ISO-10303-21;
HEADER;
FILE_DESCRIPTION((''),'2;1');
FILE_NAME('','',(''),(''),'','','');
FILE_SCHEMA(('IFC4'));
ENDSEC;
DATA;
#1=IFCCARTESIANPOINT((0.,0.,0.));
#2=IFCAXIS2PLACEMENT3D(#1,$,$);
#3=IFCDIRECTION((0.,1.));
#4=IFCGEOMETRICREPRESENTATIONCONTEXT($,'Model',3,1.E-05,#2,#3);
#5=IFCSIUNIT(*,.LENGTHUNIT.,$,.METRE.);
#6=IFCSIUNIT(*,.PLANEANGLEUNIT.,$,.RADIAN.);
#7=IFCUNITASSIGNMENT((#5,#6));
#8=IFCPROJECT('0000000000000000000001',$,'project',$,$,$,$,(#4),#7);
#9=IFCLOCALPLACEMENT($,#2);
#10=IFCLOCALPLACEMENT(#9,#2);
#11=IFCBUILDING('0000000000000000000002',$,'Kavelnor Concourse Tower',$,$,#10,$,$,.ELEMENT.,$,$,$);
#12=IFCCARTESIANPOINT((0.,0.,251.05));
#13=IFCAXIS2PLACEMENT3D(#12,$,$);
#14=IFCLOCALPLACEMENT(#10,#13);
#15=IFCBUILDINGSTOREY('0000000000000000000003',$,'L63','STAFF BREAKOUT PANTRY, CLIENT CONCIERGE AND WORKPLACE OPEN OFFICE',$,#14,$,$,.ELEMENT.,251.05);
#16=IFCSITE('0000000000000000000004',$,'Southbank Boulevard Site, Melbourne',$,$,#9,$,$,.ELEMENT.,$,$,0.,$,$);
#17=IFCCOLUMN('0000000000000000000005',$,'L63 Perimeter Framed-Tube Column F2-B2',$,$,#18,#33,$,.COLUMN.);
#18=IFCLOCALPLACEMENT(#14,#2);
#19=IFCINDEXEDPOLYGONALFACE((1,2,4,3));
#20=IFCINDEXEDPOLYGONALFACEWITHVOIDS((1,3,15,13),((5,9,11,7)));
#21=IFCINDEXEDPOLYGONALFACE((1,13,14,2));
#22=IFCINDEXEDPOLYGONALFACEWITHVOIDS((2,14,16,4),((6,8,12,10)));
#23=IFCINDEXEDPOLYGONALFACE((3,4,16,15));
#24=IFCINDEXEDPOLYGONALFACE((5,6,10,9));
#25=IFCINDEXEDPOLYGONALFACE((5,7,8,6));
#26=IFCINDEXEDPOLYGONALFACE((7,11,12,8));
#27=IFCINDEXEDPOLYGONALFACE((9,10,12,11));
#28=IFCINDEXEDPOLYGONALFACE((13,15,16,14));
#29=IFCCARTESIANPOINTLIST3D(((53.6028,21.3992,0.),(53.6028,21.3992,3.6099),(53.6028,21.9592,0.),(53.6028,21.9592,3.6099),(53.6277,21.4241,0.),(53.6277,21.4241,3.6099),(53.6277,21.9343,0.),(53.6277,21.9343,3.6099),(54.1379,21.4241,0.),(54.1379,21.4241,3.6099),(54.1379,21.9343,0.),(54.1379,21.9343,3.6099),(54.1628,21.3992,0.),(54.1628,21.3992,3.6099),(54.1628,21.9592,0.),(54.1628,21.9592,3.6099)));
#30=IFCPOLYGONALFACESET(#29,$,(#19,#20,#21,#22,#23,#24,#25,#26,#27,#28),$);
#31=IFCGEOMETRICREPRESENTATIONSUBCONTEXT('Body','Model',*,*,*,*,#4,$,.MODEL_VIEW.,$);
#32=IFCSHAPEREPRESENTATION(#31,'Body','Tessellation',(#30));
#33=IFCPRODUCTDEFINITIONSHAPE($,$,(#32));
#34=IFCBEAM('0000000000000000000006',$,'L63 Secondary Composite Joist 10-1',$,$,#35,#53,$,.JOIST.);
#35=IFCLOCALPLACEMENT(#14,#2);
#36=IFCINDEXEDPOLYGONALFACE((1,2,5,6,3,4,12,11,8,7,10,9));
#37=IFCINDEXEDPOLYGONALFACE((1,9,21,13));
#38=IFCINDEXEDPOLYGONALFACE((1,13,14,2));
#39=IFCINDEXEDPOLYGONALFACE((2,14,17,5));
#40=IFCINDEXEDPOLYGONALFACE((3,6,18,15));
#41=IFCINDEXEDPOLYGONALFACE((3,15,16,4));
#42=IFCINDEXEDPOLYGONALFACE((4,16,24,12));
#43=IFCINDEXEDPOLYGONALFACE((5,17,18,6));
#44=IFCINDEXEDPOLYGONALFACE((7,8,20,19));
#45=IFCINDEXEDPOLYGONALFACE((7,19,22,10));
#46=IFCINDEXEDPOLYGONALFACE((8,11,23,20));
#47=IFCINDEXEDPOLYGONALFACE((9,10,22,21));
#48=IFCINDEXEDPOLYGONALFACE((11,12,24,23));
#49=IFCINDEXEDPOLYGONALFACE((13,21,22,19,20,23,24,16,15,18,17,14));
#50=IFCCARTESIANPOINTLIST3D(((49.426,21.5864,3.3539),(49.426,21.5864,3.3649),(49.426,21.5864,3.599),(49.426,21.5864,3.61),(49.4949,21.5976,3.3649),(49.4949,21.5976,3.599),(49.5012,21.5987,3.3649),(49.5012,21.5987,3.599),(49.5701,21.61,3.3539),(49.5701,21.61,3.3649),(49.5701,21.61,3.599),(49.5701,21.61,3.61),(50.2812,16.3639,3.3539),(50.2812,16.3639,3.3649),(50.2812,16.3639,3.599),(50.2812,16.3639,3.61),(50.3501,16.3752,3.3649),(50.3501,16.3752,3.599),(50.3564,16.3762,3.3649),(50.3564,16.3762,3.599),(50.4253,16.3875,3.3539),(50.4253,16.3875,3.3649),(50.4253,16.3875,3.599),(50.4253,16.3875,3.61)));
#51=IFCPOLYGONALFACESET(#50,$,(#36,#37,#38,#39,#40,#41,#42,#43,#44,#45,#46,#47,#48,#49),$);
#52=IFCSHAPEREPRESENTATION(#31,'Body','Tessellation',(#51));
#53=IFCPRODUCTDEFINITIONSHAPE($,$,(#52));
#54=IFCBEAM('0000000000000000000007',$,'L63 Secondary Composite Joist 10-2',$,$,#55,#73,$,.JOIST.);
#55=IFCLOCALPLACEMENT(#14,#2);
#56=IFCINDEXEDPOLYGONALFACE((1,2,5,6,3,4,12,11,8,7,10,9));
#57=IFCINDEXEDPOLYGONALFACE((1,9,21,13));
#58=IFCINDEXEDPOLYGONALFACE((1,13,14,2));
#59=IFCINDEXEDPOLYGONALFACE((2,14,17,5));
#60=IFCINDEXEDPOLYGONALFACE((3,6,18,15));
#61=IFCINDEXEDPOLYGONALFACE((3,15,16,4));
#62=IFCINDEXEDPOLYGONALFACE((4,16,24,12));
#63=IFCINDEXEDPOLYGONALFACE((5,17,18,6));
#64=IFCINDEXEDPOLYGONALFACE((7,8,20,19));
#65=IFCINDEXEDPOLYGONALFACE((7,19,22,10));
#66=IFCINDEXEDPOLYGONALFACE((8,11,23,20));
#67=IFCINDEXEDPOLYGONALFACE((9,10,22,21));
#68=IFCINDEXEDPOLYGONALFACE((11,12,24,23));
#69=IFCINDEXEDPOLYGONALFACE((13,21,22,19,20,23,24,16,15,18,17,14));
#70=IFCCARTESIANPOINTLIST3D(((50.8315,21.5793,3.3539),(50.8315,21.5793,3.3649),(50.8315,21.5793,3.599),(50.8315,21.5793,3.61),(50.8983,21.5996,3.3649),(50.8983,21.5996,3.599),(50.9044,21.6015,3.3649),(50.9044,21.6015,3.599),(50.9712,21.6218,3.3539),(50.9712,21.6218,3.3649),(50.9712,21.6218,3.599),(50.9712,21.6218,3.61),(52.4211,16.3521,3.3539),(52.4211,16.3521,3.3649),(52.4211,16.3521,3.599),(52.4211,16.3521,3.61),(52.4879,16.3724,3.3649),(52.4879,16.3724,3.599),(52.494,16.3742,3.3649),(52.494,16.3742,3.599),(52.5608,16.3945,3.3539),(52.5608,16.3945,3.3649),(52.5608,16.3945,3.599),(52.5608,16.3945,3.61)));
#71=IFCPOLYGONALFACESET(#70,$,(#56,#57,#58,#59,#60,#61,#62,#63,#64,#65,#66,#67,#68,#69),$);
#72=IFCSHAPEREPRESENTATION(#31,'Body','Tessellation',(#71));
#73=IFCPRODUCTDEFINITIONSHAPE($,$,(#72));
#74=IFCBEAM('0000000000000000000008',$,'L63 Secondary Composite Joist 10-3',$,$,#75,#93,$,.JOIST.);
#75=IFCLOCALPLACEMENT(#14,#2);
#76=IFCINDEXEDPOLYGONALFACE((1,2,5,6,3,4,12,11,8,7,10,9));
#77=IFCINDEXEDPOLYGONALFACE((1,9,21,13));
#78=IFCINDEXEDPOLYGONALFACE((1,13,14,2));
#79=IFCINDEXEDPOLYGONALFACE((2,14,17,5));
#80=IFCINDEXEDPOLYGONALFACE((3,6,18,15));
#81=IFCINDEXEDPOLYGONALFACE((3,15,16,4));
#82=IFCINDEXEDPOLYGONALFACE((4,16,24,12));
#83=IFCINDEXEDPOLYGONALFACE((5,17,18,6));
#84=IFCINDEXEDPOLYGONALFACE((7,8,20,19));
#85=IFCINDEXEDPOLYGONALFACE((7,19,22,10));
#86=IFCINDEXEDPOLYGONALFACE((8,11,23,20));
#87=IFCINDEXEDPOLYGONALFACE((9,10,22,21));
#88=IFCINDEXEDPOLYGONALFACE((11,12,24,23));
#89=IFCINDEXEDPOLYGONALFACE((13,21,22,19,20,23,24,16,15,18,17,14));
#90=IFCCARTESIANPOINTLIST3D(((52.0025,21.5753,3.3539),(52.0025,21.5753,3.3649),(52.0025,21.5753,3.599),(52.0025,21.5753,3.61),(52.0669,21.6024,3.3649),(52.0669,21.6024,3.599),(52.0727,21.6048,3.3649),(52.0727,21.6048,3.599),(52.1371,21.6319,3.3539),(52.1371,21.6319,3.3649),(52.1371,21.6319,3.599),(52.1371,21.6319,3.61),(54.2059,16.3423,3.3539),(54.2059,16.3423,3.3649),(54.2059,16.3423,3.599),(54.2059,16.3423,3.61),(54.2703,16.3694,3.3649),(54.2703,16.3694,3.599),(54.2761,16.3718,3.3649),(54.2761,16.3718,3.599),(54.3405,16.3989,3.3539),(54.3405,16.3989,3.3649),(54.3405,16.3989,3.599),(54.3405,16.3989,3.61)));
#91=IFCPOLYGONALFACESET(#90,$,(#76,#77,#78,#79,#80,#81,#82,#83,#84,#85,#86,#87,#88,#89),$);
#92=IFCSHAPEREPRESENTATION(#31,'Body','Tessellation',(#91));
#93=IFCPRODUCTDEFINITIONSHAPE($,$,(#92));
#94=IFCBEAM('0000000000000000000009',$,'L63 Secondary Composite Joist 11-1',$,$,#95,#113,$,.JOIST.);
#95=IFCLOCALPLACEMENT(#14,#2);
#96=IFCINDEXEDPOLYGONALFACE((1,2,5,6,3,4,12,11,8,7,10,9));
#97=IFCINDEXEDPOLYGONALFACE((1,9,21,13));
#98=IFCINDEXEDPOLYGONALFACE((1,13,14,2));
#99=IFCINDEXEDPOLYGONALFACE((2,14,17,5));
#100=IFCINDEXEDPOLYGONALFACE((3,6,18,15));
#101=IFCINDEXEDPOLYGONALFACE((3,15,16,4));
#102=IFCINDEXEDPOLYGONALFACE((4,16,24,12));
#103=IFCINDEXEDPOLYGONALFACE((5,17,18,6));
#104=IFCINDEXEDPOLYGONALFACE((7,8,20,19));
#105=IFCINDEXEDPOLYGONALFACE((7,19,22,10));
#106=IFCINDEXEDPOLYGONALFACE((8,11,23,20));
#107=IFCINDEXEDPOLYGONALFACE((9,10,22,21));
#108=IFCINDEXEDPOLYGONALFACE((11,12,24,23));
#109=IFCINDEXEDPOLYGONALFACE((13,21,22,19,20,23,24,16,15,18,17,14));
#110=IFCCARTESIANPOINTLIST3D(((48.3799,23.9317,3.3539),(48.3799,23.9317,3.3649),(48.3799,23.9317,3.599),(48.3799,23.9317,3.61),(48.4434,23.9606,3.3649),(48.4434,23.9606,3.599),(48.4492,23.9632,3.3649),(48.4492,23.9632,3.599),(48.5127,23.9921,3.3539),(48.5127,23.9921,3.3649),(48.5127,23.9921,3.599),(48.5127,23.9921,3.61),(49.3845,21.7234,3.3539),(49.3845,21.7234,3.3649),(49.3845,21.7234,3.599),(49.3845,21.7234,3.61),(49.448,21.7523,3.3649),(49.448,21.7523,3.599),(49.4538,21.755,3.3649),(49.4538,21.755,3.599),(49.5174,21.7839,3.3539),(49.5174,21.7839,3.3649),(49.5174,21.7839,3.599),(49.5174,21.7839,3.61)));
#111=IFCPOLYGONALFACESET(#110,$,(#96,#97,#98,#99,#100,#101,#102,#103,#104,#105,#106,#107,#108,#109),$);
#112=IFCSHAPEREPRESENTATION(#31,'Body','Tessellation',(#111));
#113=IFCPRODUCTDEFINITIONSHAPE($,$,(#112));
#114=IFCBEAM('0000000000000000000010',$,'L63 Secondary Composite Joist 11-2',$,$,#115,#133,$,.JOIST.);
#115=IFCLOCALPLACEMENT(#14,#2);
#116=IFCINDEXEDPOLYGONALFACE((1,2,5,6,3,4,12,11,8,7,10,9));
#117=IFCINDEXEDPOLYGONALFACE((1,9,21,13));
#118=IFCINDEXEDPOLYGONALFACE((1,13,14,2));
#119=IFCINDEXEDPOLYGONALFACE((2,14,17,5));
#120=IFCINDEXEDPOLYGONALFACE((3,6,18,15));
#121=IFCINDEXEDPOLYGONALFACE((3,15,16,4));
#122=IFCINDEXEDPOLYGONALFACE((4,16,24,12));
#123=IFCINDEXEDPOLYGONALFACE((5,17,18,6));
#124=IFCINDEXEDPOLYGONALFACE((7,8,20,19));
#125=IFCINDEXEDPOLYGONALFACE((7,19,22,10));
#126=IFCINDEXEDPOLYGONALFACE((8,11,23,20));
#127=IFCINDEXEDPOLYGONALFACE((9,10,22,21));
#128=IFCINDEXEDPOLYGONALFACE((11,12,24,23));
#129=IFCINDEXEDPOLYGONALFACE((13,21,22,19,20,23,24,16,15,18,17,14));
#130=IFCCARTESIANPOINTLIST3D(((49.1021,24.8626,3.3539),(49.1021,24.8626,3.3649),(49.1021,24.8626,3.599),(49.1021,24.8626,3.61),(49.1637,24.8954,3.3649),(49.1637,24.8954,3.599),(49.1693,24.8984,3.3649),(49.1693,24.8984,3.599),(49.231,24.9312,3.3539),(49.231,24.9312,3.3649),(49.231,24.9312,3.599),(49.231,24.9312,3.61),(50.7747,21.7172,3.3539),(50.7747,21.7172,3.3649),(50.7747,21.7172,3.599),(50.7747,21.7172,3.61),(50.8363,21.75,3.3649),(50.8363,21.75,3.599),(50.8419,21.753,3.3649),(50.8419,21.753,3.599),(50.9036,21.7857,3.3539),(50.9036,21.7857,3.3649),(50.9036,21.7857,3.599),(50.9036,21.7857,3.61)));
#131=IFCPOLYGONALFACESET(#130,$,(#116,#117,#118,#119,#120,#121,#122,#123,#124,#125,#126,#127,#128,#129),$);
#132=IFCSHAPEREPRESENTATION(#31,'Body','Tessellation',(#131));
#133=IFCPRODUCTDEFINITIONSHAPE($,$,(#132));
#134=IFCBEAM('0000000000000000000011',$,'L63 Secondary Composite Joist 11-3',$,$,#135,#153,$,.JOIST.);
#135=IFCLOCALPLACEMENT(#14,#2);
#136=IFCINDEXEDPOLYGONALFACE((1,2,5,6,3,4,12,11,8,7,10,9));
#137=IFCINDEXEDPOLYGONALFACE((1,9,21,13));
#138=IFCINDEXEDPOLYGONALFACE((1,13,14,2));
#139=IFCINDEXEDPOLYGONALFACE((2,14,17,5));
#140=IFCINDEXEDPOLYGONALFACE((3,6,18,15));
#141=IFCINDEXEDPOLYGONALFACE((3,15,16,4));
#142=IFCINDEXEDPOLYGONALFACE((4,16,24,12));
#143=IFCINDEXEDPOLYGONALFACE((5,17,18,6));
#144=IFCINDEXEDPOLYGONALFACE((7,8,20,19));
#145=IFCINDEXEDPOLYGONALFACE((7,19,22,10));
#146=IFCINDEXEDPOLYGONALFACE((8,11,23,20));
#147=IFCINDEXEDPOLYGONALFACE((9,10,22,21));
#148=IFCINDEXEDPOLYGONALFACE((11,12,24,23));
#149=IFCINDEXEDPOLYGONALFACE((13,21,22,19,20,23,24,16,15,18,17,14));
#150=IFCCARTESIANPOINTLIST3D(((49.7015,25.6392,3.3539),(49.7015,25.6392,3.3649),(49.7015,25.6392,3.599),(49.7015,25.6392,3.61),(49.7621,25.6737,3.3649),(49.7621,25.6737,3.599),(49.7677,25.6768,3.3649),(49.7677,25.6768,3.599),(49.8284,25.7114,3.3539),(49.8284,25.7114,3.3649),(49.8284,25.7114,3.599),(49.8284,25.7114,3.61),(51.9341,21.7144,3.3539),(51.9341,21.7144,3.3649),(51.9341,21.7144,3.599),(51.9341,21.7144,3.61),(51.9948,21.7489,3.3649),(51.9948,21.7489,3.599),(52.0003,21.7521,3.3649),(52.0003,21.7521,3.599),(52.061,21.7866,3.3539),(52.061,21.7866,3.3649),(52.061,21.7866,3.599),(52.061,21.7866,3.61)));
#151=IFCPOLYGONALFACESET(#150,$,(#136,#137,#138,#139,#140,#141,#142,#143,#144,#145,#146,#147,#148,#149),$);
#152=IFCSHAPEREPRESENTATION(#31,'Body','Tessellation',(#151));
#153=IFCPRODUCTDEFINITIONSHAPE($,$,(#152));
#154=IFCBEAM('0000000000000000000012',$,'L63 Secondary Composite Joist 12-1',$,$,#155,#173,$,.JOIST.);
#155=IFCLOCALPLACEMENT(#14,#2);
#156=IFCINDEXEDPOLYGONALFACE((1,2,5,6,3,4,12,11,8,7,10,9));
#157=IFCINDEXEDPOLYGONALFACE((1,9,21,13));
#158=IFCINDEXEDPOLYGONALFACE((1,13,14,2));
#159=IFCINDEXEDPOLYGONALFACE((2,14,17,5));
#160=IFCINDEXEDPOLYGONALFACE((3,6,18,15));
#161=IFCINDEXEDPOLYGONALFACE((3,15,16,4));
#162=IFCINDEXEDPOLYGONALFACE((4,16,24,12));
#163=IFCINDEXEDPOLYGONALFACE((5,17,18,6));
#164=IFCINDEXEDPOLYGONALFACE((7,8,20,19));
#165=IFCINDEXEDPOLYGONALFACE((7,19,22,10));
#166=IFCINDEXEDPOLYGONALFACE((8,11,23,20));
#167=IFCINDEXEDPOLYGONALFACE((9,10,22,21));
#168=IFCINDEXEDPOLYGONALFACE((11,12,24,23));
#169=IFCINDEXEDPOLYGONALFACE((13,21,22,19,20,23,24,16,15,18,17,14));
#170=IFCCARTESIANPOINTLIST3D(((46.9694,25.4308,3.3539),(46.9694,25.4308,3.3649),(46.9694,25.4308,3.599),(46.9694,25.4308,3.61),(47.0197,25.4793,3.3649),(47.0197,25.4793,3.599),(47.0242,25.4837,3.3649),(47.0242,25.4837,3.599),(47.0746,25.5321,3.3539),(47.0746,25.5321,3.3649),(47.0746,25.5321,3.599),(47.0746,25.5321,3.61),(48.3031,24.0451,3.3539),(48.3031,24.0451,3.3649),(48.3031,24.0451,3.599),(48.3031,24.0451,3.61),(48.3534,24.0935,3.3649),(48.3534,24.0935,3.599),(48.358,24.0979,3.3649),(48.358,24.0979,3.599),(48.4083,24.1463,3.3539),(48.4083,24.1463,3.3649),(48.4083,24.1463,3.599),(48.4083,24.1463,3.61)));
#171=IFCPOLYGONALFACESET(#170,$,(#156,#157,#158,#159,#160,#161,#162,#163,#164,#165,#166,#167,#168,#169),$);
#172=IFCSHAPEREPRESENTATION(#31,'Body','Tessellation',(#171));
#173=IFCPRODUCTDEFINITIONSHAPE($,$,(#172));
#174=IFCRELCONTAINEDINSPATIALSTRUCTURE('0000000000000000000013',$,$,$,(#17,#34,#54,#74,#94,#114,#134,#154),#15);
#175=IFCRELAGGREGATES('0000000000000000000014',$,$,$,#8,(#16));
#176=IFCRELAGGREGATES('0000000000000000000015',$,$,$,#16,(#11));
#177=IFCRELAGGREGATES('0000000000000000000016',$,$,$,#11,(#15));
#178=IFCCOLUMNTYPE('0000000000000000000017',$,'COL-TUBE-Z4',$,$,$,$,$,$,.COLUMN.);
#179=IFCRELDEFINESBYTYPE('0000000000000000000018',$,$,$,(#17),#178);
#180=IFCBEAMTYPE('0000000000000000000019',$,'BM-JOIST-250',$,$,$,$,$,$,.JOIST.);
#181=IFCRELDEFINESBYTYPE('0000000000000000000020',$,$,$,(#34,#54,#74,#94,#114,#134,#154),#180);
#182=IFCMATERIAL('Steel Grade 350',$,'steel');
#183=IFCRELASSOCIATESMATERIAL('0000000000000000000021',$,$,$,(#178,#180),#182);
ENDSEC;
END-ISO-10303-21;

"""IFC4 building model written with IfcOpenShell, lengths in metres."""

from ifc_helpers import new_model, si_unit, direction, frame, origin, origin_2d, place, context, subcontext, project, spatial, hollow_rectangle, i_section, extrude, material, material_profile, profile_set, type_object, element, save


model = new_model("IFC4")

# Units and contexts
model_context = context("Model", 3, precision=1e-05, world=origin(), true_north=direction((0.0, 1.0)))
body_context = subcontext(model_context, "Body", "Model", "MODEL_VIEW")
ifc_project = project(units=[si_unit("LENGTHUNIT", "METRE"), si_unit("PLANEANGLEUNIT", "RADIAN")], contexts=[model_context])

# Site, building, storey
site_placement = place(None, origin())
site = spatial("IfcSite", under=ifc_project, at=site_placement, Name="Southbank Boulevard Site, Melbourne", CompositionType="ELEMENT", RefElevation=0.0)
building_placement = place(site_placement, origin())
building = spatial("IfcBuilding", under=site, at=building_placement, Name="Kavelnor Concourse Tower", CompositionType="ELEMENT")
storey_placement = place(building_placement, frame((0.0, 0.0, 251.05)))
storey = spatial("IfcBuildingStorey", under=building, at=storey_placement, Name="L63", Description="STAFF BREAKOUT PANTRY, CLIENT CONCIERGE AND WORKPLACE OPEN OFFICE", CompositionType="ELEMENT", Elevation=251.05)

# Column
ifc_material_1 = material(Name="Steel Grade 350", Category="steel")
ifc_material_profile_1 = material_profile(ifc_material_1, hollow_rectangle(XDim=0.5601, YDim=0.5601, WallThickness=0.0249, at=origin_2d()), Name="SHS 560x560x25")
ifc_profile_set_1 = profile_set([ifc_material_profile_1], Name="Steel Grade 350")
column_type = type_object("IfcColumnType", Name="COL-TUBE-Z4", PredefinedType="COLUMN", material=ifc_profile_set_1)
column_placement = place(storey_placement, frame((53.8828, 21.6792, 0.0), z_axis=(0.0, 0.0, 1.0), x_axis=(1.0, 0.0, 0.0)))
element("IfcColumn", 1, at=column_placement, inside=storey, type_object=column_type, Name="L63 Perimeter Framed-Tube Column F2-B2", PredefinedType="COLUMN", context=body_context, shape_type="SweptSolid", body=[
    extrude(hollow_rectangle(XDim=0.5601, YDim=0.5601, WallThickness=0.0249, at=origin_2d()), origin(), (0.0, 0.0, 1.0), 3.6099),
])

# Beams
ifc_material_profile_2 = material_profile(ifc_material_1, i_section(OverallWidth=0.146, OverallDepth=0.2561, WebThickness=0.0063, FlangeThickness=0.011, at=origin_2d()), Name="250UB37")
ifc_profile_set_2 = profile_set([ifc_material_profile_2], Name="Steel Grade 350")
beam_type_1 = type_object("IfcBeamType", Name="BM-JOIST-250", PredefinedType="JOIST", material=ifc_profile_set_2)
beam_1_placement = place(storey_placement, frame((50.3533, 16.3757, 3.4819), z_axis=(-0.161608, 0.986855, 0.0), x_axis=(-0.986855, -0.161608, 0.0)))
element("IfcBeam", 2, at=beam_1_placement, inside=storey, type_object=beam_type_1, Name="L63 Secondary Composite Joist 10-1", PredefinedType="JOIST", context=body_context, shape_type="SweptSolid", body=[
    extrude(i_section(OverallWidth=0.146, OverallDepth=0.2561, WebThickness=0.0063, FlangeThickness=0.011, at=origin_2d()), origin(), (0.0, 0.0, 1.0), 5.292),
])
beam_2_placement = place(storey_placement, frame((52.491, 16.3733, 3.4819), z_axis=(-0.290941, 0.956741, 0.0), x_axis=(-0.956741, -0.290941, 0.0)))
element("IfcBeam", 3, at=beam_2_placement, inside=storey, type_object=beam_type_1, Name="L63 Secondary Composite Joist 10-2", PredefinedType="JOIST", context=body_context, shape_type="SweptSolid", body=[
    extrude(i_section(OverallWidth=0.146, OverallDepth=0.2561, WebThickness=0.0063, FlangeThickness=0.011, at=origin_2d()), origin(), (0.0, 0.0, 1.0), 5.4636),
])
beam_3_placement = place(storey_placement, frame((54.2732, 16.3706, 3.4819), z_axis=(-0.388063, 0.921633, 0.0), x_axis=(-0.921633, -0.388063, 0.0)))
element("IfcBeam", 4, at=beam_3_placement, inside=storey, type_object=beam_type_1, Name="L63 Secondary Composite Joist 10-3", PredefinedType="JOIST", context=body_context, shape_type="SweptSolid", body=[
    extrude(i_section(OverallWidth=0.146, OverallDepth=0.2561, WebThickness=0.0063, FlangeThickness=0.011, at=origin_2d()), origin(), (0.0, 0.0, 1.0), 5.678),
])
beam_4_placement = place(storey_placement, frame((49.4509, 21.7537, 3.4819), z_axis=(-0.414106, 0.910229, 0.0), x_axis=(-0.910229, -0.414106, 0.0)))
element("IfcBeam", 5, at=beam_4_placement, inside=storey, type_object=beam_type_1, Name="L63 Secondary Composite Joist 11-1", PredefinedType="JOIST", context=body_context, shape_type="SweptSolid", body=[
    extrude(i_section(OverallWidth=0.146, OverallDepth=0.2561, WebThickness=0.0063, FlangeThickness=0.011, at=origin_2d()), origin(), (0.0, 0.0, 1.0), 2.426),
])
beam_5_placement = place(storey_placement, frame((50.8391, 21.7515, 3.4819), z_axis=(-0.469496, 0.882935, 0.0), x_axis=(-0.882935, -0.469496, 0.0)))
element("IfcBeam", 6, at=beam_5_placement, inside=storey, type_object=beam_type_1, Name="L63 Secondary Composite Joist 11-2", PredefinedType="JOIST", context=body_context, shape_type="SweptSolid", body=[
    extrude(i_section(OverallWidth=0.146, OverallDepth=0.2561, WebThickness=0.0063, FlangeThickness=0.011, at=origin_2d()), origin(), (0.0, 0.0, 1.0), 3.5625),
])
beam_6_placement = place(storey_placement, frame((51.9976, 21.7505, 3.4819), z_axis=(-0.494455, 0.869203, 0.0), x_axis=(-0.869203, -0.494455, 0.0)))
element("IfcBeam", 7, at=beam_6_placement, inside=storey, type_object=beam_type_1, Name="L63 Secondary Composite Joist 11-3", PredefinedType="JOIST", context=body_context, shape_type="SweptSolid", body=[
    extrude(i_section(OverallWidth=0.146, OverallDepth=0.2561, WebThickness=0.0063, FlangeThickness=0.011, at=origin_2d()), origin(), (0.0, 0.0, 1.0), 4.5154),
])
beam_7_placement = place(storey_placement, frame((48.3557, 24.0957, 3.4819), z_axis=(-0.693459, 0.720496, 0.0), x_axis=(-0.720496, -0.693459, 0.0)))
element("IfcBeam", 8, at=beam_7_placement, inside=storey, type_object=beam_type_1, Name="L63 Secondary Composite Joist 12-1", PredefinedType="JOIST", context=body_context, shape_type="SweptSolid", body=[
    extrude(i_section(OverallWidth=0.146, OverallDepth=0.2561, WebThickness=0.0063, FlangeThickness=0.011, at=origin_2d()), origin(), (0.0, 0.0, 1.0), 1.9233),
])

save(model, "model.ifc")
